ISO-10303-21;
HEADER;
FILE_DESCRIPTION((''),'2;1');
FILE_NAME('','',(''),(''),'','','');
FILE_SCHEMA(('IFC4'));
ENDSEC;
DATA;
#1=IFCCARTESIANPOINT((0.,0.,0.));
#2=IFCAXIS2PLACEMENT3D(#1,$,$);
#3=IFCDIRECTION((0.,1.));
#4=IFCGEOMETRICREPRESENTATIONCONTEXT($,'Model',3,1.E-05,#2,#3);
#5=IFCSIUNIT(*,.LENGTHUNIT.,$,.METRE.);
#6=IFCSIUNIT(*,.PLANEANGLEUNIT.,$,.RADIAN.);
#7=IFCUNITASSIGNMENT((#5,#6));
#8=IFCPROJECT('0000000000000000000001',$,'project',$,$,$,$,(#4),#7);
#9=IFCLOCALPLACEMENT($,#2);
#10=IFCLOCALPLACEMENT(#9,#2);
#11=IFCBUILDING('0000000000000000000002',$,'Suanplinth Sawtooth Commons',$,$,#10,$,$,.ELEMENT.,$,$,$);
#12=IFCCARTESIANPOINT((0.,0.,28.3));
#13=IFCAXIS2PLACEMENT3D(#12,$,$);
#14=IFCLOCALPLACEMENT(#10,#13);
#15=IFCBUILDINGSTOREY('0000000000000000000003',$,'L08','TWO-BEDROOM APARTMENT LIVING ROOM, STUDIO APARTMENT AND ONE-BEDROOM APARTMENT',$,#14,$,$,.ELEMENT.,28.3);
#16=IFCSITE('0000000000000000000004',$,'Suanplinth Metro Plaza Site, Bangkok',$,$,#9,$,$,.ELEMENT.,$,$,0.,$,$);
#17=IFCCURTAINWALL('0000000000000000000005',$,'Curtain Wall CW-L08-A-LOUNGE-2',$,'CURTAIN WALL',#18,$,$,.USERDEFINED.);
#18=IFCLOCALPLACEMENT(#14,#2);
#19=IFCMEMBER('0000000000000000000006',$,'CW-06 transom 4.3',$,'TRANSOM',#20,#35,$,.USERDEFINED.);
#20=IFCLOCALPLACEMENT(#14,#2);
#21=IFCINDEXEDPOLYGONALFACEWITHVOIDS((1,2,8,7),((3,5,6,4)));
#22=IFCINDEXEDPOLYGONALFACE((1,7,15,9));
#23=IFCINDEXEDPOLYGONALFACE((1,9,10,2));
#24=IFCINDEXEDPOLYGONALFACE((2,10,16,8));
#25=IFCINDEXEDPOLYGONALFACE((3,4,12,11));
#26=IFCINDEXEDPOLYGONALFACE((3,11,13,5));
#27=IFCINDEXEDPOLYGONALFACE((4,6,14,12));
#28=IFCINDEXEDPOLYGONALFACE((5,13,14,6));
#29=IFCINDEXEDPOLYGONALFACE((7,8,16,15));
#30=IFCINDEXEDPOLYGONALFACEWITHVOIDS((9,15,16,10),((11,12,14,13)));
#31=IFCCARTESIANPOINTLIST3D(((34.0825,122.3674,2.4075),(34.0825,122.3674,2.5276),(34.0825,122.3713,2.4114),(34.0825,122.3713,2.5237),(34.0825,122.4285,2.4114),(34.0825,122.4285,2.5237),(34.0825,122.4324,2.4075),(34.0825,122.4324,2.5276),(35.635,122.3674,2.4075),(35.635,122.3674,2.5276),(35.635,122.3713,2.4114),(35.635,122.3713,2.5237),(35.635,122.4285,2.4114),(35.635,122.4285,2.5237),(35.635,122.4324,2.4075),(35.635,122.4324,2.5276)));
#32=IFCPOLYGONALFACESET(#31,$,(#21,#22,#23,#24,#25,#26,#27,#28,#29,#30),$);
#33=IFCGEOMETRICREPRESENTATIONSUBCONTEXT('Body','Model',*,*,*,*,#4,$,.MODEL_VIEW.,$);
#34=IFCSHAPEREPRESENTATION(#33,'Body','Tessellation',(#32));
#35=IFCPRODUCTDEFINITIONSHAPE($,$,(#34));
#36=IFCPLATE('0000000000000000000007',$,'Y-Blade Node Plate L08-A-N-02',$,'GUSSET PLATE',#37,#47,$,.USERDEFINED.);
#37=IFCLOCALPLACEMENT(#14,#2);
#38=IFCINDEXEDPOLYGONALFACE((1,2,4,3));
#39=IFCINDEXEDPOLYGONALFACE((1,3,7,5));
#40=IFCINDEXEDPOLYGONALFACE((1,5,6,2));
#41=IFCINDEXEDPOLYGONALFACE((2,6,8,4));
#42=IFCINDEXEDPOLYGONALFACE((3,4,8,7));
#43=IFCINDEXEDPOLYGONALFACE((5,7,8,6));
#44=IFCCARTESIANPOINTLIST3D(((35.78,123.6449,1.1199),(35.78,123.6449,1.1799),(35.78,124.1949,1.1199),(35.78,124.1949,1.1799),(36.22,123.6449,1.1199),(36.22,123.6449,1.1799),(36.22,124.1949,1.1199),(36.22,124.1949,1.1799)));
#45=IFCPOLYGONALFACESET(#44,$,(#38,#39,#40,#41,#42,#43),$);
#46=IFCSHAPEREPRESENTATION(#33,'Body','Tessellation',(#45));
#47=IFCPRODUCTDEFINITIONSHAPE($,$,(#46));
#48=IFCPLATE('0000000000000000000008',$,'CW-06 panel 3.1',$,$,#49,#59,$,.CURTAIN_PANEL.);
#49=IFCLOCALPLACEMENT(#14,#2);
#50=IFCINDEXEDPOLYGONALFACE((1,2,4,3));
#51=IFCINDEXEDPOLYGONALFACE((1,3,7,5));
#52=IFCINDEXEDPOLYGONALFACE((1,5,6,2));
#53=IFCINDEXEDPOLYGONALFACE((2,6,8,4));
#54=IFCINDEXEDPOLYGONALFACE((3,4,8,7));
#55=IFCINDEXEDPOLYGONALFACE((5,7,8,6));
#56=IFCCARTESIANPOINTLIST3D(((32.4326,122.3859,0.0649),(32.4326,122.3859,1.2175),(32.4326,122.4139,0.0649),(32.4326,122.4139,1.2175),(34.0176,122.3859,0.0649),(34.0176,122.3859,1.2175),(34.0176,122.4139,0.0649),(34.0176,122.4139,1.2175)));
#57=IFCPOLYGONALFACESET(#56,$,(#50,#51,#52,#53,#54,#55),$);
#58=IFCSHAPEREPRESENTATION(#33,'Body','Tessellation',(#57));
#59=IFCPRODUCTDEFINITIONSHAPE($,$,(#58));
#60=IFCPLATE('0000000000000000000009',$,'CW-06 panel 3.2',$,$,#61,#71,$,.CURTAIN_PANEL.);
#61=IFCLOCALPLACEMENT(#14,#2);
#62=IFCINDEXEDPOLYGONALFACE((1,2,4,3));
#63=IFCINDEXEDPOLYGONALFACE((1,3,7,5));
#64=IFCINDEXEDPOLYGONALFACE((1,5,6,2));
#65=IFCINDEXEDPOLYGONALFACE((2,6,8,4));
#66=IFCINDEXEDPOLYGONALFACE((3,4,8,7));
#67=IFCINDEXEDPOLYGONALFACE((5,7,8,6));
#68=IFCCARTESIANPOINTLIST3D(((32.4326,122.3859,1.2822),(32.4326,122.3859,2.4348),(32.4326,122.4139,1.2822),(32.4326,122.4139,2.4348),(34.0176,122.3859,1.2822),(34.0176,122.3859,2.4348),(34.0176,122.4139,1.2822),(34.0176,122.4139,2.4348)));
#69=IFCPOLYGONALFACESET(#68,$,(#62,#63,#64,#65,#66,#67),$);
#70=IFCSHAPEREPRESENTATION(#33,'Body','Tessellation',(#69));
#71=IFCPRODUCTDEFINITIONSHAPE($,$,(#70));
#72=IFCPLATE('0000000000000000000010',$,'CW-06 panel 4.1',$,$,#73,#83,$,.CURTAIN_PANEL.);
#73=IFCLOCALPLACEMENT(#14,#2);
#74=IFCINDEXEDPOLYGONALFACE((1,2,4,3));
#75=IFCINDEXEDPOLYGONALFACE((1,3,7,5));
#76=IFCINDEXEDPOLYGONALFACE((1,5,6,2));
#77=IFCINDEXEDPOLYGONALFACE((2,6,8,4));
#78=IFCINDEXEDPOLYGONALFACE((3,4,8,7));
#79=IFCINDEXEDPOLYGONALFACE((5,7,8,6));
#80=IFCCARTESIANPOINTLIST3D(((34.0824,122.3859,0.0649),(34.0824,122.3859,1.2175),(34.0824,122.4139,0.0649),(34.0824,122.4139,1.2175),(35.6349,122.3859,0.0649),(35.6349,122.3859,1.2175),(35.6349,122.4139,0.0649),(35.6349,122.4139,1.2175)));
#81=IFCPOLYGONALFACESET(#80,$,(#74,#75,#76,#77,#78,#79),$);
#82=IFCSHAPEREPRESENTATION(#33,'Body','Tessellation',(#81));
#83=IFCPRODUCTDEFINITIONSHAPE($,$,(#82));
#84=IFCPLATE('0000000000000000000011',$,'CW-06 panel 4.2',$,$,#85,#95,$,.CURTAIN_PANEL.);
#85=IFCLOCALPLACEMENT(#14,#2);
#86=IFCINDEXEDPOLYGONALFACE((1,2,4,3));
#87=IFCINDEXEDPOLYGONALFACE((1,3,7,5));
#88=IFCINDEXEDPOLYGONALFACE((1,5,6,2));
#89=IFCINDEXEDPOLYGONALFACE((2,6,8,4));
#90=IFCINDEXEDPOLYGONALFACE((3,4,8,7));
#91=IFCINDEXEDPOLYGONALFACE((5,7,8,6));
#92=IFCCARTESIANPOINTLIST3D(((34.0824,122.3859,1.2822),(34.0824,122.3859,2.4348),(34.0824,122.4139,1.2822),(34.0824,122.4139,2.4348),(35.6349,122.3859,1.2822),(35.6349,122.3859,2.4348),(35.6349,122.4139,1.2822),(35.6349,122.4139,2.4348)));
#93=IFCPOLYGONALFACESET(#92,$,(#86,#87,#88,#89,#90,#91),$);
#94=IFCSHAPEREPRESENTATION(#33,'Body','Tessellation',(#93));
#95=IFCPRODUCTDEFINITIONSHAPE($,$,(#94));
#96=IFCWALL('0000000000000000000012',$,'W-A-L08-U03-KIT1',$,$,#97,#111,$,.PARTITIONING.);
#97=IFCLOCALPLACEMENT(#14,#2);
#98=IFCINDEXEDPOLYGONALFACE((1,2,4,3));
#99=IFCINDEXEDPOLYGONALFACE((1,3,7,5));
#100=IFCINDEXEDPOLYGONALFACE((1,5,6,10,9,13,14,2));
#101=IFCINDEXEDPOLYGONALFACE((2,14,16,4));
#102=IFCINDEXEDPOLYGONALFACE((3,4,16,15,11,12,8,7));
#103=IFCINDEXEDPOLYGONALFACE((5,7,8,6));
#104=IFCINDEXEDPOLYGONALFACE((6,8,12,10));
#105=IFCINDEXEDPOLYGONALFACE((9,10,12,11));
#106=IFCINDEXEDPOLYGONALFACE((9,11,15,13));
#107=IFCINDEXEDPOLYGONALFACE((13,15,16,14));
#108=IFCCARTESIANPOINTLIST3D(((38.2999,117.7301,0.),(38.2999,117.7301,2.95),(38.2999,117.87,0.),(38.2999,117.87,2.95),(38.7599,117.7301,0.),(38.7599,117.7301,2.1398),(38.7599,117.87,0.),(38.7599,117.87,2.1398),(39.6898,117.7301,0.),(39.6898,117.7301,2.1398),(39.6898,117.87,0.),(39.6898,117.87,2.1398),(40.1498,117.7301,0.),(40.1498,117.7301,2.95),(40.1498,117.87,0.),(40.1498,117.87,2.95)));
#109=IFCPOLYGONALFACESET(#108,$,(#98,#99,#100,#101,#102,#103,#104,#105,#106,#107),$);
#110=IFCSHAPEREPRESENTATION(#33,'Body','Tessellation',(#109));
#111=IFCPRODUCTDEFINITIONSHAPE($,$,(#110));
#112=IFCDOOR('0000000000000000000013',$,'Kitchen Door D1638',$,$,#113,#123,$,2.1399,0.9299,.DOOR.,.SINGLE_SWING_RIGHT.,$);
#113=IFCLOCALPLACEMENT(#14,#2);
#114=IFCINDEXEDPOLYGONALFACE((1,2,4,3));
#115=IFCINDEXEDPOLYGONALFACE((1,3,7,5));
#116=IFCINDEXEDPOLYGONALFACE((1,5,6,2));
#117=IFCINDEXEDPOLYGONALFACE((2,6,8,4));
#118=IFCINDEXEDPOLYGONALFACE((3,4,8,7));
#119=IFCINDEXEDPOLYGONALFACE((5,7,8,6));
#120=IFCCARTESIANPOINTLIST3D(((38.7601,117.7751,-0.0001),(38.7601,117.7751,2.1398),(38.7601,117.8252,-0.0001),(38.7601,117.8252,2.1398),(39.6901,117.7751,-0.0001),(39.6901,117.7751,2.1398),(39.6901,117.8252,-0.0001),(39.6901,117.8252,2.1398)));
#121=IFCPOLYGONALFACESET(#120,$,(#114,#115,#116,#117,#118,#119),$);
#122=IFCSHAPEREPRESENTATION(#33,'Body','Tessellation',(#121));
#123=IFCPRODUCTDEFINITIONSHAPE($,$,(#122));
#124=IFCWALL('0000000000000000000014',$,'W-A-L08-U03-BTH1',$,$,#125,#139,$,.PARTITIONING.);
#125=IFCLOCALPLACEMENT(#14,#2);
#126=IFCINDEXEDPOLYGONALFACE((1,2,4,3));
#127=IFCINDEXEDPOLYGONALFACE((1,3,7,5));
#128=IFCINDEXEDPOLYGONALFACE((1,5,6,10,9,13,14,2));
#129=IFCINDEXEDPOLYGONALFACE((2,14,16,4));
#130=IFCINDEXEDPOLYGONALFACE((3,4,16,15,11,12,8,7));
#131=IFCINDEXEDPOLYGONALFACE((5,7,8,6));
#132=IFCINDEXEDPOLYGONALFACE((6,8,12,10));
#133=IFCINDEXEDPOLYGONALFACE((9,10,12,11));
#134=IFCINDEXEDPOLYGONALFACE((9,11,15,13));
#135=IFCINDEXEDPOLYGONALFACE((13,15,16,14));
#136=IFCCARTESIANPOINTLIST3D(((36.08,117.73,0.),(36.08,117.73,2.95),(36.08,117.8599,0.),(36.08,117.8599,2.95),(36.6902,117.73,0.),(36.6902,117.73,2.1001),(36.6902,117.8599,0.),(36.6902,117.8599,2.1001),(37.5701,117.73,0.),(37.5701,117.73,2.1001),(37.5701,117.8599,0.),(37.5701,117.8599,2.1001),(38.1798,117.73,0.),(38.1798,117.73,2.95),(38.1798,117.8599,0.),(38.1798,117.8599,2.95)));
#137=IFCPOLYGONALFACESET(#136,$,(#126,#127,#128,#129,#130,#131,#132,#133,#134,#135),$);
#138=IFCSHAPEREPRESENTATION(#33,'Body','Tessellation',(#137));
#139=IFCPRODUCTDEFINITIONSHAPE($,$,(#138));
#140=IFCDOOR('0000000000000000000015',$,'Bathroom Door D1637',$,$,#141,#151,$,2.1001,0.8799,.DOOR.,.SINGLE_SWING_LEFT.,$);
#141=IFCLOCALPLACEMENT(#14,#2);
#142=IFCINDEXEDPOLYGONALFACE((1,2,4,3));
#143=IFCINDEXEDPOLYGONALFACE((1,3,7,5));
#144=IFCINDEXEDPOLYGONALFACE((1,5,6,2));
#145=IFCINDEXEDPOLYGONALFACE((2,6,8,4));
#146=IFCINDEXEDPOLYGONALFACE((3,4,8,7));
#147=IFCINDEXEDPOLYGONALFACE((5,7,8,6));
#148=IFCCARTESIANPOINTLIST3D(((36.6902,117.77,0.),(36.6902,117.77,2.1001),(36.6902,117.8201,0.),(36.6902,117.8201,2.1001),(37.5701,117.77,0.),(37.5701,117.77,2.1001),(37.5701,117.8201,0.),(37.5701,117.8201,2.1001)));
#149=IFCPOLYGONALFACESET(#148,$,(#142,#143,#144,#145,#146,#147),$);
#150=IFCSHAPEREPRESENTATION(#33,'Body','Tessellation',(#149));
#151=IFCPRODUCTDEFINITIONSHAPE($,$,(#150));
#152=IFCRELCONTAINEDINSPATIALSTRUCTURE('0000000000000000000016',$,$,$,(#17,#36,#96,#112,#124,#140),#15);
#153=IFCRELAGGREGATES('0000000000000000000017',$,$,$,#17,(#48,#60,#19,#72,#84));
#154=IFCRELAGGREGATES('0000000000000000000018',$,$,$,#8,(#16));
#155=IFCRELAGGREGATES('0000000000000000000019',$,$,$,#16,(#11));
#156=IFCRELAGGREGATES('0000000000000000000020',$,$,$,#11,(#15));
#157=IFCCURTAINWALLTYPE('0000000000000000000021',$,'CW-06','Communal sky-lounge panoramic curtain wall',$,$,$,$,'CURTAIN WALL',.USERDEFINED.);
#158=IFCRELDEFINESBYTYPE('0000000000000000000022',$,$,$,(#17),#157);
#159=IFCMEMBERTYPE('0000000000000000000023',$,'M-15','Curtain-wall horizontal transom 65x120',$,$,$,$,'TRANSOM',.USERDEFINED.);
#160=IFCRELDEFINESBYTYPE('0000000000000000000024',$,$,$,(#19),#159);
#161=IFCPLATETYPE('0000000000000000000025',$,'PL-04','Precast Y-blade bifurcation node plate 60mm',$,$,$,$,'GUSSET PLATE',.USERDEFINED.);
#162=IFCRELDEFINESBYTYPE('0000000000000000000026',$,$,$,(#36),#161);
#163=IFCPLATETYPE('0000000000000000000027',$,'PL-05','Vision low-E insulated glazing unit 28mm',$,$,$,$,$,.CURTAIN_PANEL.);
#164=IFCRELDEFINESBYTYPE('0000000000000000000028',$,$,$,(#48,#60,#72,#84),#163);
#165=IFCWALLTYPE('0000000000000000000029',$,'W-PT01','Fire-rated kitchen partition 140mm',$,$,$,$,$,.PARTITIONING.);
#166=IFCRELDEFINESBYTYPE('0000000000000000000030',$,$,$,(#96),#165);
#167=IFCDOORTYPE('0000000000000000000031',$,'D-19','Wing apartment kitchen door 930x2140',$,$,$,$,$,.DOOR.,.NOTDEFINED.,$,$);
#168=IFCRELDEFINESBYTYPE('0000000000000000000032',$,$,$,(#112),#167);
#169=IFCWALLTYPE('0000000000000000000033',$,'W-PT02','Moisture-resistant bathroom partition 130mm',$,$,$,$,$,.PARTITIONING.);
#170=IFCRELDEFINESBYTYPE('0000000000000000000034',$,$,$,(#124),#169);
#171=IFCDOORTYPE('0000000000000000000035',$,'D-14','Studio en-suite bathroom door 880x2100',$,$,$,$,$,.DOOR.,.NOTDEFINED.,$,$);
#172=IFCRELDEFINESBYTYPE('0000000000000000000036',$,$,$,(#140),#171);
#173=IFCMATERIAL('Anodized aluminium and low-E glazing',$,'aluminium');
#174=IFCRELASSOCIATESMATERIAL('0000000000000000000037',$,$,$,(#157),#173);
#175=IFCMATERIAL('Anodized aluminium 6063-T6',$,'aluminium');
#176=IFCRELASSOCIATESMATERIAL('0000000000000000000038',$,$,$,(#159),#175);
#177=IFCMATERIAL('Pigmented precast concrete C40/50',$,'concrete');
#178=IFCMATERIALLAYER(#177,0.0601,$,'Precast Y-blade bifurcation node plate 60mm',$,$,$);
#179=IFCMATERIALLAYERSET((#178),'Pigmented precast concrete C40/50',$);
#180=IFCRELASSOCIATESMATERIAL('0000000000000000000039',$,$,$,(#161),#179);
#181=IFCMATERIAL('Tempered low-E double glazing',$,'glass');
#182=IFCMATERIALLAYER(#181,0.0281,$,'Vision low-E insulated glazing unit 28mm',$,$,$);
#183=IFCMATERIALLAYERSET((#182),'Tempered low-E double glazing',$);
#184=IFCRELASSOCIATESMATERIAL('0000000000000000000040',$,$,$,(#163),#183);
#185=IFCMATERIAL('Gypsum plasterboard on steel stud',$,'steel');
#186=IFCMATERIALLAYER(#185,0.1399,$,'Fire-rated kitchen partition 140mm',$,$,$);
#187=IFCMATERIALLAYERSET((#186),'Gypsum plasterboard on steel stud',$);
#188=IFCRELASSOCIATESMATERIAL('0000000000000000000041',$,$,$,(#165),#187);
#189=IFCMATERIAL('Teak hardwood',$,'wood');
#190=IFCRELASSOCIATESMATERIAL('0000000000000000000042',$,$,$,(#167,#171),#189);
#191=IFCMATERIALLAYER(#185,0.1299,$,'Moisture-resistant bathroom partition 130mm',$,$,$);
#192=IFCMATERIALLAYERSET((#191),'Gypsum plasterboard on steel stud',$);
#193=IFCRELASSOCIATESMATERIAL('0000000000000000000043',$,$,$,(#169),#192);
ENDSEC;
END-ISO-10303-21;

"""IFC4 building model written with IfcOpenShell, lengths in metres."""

from ifc_helpers import new_model, si_unit, direction, frame, frame_2d, origin, origin_2d, place, context, subcontext, project, spatial, rectangle, hollow_rectangle, extrude, material, layer, layer_set, material_profile, profile_set, type_object, element, fill, aggregate, save


model = new_model("IFC4")

# Units and contexts
model_context = context("Model", 3, precision=1e-05, world=origin(), true_north=direction((0.0, 1.0)))
body_context = subcontext(model_context, "Body", "Model", "MODEL_VIEW")
ifc_project = project(units=[si_unit("LENGTHUNIT", "METRE"), si_unit("PLANEANGLEUNIT", "RADIAN")], contexts=[model_context])

# Site, building, storey
site_placement = place(None, origin())
site = spatial("IfcSite", under=ifc_project, at=site_placement, Name="Suanplinth Metro Plaza Site, Bangkok", CompositionType="ELEMENT", RefElevation=0.0)
building_placement = place(site_placement, origin())
building = spatial("IfcBuilding", under=site, at=building_placement, Name="Suanplinth Sawtooth Commons", CompositionType="ELEMENT")
storey_placement = place(building_placement, frame((0.0, 0.0, 28.3)))
storey = spatial("IfcBuildingStorey", under=building, at=storey_placement, Name="L08", Description="TWO-BEDROOM APARTMENT LIVING ROOM, STUDIO APARTMENT AND ONE-BEDROOM APARTMENT", CompositionType="ELEMENT", Elevation=28.3)

# Shared definitions
ifc_material_1 = material(Name="Pigmented precast concrete C40/50", Category="concrete")

# Curtain wall, member
ifc_material_2 = material(Name="Anodized aluminium and low-E glazing", Category="aluminium")
curtain_wall_type = type_object("IfcCurtainWallType", Name="CW-06", Description="Communal sky-lounge panoramic curtain wall", ElementType="CURTAIN WALL", PredefinedType="USERDEFINED", material=ifc_material_2)
curtain_wall_placement = place(storey_placement, origin())
curtain_wall = element("IfcCurtainWall", 1, at=curtain_wall_placement, inside=storey, type_object=curtain_wall_type, Name="Curtain Wall CW-L08-A-LOUNGE-2", ObjectType="CURTAIN WALL", PredefinedType="USERDEFINED")
ifc_material_3 = material(Name="Anodized aluminium 6063-T6", Category="aluminium")
ifc_material_profile_1 = material_profile(ifc_material_3, hollow_rectangle(XDim=0.0649, YDim=0.1201, WallThickness=0.0039, at=origin_2d()), Name="ALU-TRN 65x120")
ifc_profile_set_1 = profile_set([ifc_material_profile_1], Name="Anodized aluminium 6063-T6")
member_type_1 = type_object("IfcMemberType", Name="M-15", Description="Curtain-wall horizontal transom 65x120", ElementType="TRANSOM", PredefinedType="USERDEFINED", material=ifc_profile_set_1)
member_1_placement = place(storey_placement, frame((34.0825, 122.3999, 2.4675), z_axis=(1.0, 0.0, 0.0), x_axis=(0.0, 1.0, 0.0)))
member_1 = element("IfcMember", 2, at=member_1_placement, type_object=member_type_1, Name="CW-06 transom 4.3", ObjectType="TRANSOM", PredefinedType="USERDEFINED", context=body_context, shape_type="SweptSolid", body=[
    extrude(hollow_rectangle(XDim=0.0649, YDim=0.1201, WallThickness=0.0039, at=origin_2d()), origin(), (0.0, 0.0, 1.0), 1.5525),
])

# Plates
ifc_layer_1 = layer(ifc_material_1, 0.0601, Name="Precast Y-blade bifurcation node plate 60mm")
ifc_layer_set_1 = layer_set([ifc_layer_1], Name="Pigmented precast concrete C40/50")
plate_type_1 = type_object("IfcPlateType", Name="PL-04", Description="Precast Y-blade bifurcation node plate 60mm", ElementType="GUSSET PLATE", PredefinedType="USERDEFINED", material=ifc_layer_set_1)
plate_1_placement = place(storey_placement, frame((36.0, 123.9199, 1.1199), z_axis=(0.0, 0.0, 1.0), x_axis=(1.0, 0.0, 0.0)))
element("IfcPlate", 3, at=plate_1_placement, inside=storey, type_object=plate_type_1, Name="Y-Blade Node Plate L08-A-N-02", ObjectType="GUSSET PLATE", PredefinedType="USERDEFINED", context=body_context, shape_type="SweptSolid", body=[
    extrude(rectangle(XDim=0.4399, YDim=0.55, at=origin_2d()), origin(), (0.0, 0.0, 1.0), 0.0601),
])
ifc_material_4 = material(Name="Tempered low-E double glazing", Category="glass")
ifc_layer_2 = layer(ifc_material_4, 0.0281, Name="Vision low-E insulated glazing unit 28mm")
ifc_layer_set_2 = layer_set([ifc_layer_2], Name="Tempered low-E double glazing")
plate_type_2 = type_object("IfcPlateType", Name="PL-05", Description="Vision low-E insulated glazing unit 28mm", PredefinedType="CURTAIN_PANEL", material=ifc_layer_set_2)
plate_2_placement = place(storey_placement, frame((33.2251, 122.3999, 0.0649), z_axis=(0.0, 0.0, 1.0), x_axis=(1.0, 0.0, 0.0)))
plate_2 = element("IfcPlate", 4, at=plate_2_placement, type_object=plate_type_2, Name="CW-06 panel 3.1", PredefinedType="CURTAIN_PANEL", context=body_context, shape_type="SweptSolid", body=[
    extrude(rectangle(XDim=1.585, YDim=0.0281, at=origin_2d()), origin(), (0.0, 0.0, 1.0), 1.1526),
])
plate_3_placement = place(storey_placement, frame((33.2251, 122.3999, 1.2822), z_axis=(0.0, 0.0, 1.0), x_axis=(1.0, 0.0, 0.0)))
plate_3 = element("IfcPlate", 5, at=plate_3_placement, type_object=plate_type_2, Name="CW-06 panel 3.2", PredefinedType="CURTAIN_PANEL", context=body_context, shape_type="SweptSolid", body=[
    extrude(rectangle(XDim=1.585, YDim=0.0281, at=origin_2d()), origin(), (0.0, 0.0, 1.0), 1.1526),
])
plate_4_placement = place(storey_placement, frame((34.8586, 122.3999, 0.0649), z_axis=(0.0, 0.0, 1.0), x_axis=(1.0, 0.0, 0.0)))
plate_4 = element("IfcPlate", 6, at=plate_4_placement, type_object=plate_type_2, Name="CW-06 panel 4.1", PredefinedType="CURTAIN_PANEL", context=body_context, shape_type="SweptSolid", body=[
    extrude(rectangle(XDim=1.5525, YDim=0.0281, at=origin_2d()), origin(), (0.0, 0.0, 1.0), 1.1526),
])
plate_5_placement = place(storey_placement, frame((34.8586, 122.3999, 1.2822), z_axis=(0.0, 0.0, 1.0), x_axis=(1.0, 0.0, 0.0)))
plate_5 = element("IfcPlate", 7, at=plate_5_placement, type_object=plate_type_2, Name="CW-06 panel 4.2", PredefinedType="CURTAIN_PANEL", context=body_context, shape_type="SweptSolid", body=[
    extrude(rectangle(XDim=1.5525, YDim=0.0281, at=origin_2d()), origin(), (0.0, 0.0, 1.0), 1.1526),
])
aggregate(curtain_wall, [plate_2, plate_3, member_1, plate_4, plate_5])

# Walls, openings, doors
ifc_material_5 = material(Name="Gypsum plasterboard on steel stud", Category="steel")
ifc_layer_3 = layer(ifc_material_5, 0.1399, Name="Fire-rated kitchen partition 140mm")
ifc_layer_set_3 = layer_set([ifc_layer_3], Name="Gypsum plasterboard on steel stud")
wall_type_1 = type_object("IfcWallType", Name="W-PT01", Description="Fire-rated kitchen partition 140mm", PredefinedType="PARTITIONING", material=ifc_layer_set_3)
wall_1_placement = place(storey_placement, frame((38.3, 117.8, 0.0), z_axis=(0.0, 0.0, 1.0), x_axis=(1.0, 0.0, 0.0)))
wall_1 = element("IfcWall", 8, at=wall_1_placement, inside=storey, type_object=wall_type_1, Name="W-A-L08-U03-KIT1", PredefinedType="PARTITIONING", context=body_context, shape_type="SweptSolid", body=[
    extrude(rectangle(XDim=1.8499, YDim=0.1399, at=frame_2d((0.9248, 0.0))), origin(), (0.0, 0.0, 1.0), 2.95),
])
opening_1_placement = place(wall_1_placement, frame((0.46, 0.0, 0.0)))
opening_1 = element("IfcOpeningElement", 9, at=opening_1_placement, cuts=wall_1, PredefinedType="OPENING", context=body_context, shape_type="SweptSolid", body=[
    extrude(rectangle(XDim=0.9299, YDim=2.1399, at=frame_2d((0.4648, 1.0698))), frame((0.0, 0.085, 0.0), z_axis=(0.0, -1.0, 0.0), x_axis=(1.0, 0.0, 0.0)), (0.0, 0.0, 1.0), 0.1697),
])
ifc_material_6 = material(Name="Teak hardwood", Category="wood")
door_type_1 = type_object("IfcDoorType", Name="D-19", Description="Wing apartment kitchen door 930x2140", OperationType="NOTDEFINED", PredefinedType="DOOR", material=ifc_material_6)
door_1_placement = place(opening_1_placement, frame((0.9299, 0.0, 0.0), z_axis=(0.0, 0.0, 1.0), x_axis=(-1.0, 0.0, 0.0)))
door_1 = element("IfcDoor", 10, at=door_1_placement, inside=storey, type_object=door_type_1, Name="Kitchen Door D1638", OperationType="SINGLE_SWING_RIGHT", OverallHeight=2.1399, OverallWidth=0.9299, PredefinedType="DOOR", context=body_context, shape_type="SweptSolid", body=[
    extrude(rectangle(XDim=0.9299, YDim=2.1399, at=frame_2d((0.4648, 1.0698))), frame((0.0, 0.0249, 0.0), z_axis=(0.0, -1.0, 0.0), x_axis=(1.0, 0.0, 0.0)), (0.0, 0.0, 1.0), 0.05),
])
fill(opening_1, door_1)
ifc_layer_4 = layer(ifc_material_5, 0.1299, Name="Moisture-resistant bathroom partition 130mm")
ifc_layer_set_4 = layer_set([ifc_layer_4], Name="Gypsum plasterboard on steel stud")
wall_type_2 = type_object("IfcWallType", Name="W-PT02", Description="Moisture-resistant bathroom partition 130mm", PredefinedType="PARTITIONING", material=ifc_layer_set_4)
wall_2_placement = place(storey_placement, frame((36.0801, 117.7949, 0.0), z_axis=(0.0, 0.0, 1.0), x_axis=(1.0, 0.0, 0.0)))
wall_2 = element("IfcWall", 11, at=wall_2_placement, inside=storey, type_object=wall_type_2, Name="W-A-L08-U03-BTH1", PredefinedType="PARTITIONING", context=body_context, shape_type="SweptSolid", body=[
    extrude(rectangle(XDim=2.0999, YDim=0.1299, at=frame_2d((1.0498, 0.0))), origin(), (0.0, 0.0, 1.0), 2.95),
])
opening_2_placement = place(wall_2_placement, frame((0.6101, 0.0, 0.0)))
opening_2 = element("IfcOpeningElement", 12, at=opening_2_placement, cuts=wall_2, PredefinedType="OPENING", context=body_context, shape_type="SweptSolid", body=[
    extrude(rectangle(XDim=0.8799, YDim=2.1001, at=frame_2d((0.4399, 1.05))), frame((0.0, 0.0798, 0.0), z_axis=(0.0, -1.0, 0.0), x_axis=(1.0, 0.0, 0.0)), (0.0, 0.0, 1.0), 0.1597),
])
door_type_2 = type_object("IfcDoorType", Name="D-14", Description="Studio en-suite bathroom door 880x2100", OperationType="NOTDEFINED", PredefinedType="DOOR", material=ifc_material_6)
door_2_placement = place(opening_2_placement, frame((0.8799, 0.0, 0.0), z_axis=(0.0, 0.0, 1.0), x_axis=(-1.0, 0.0, 0.0)))
door_2 = element("IfcDoor", 13, at=door_2_placement, inside=storey, type_object=door_type_2, Name="Bathroom Door D1637", OperationType="SINGLE_SWING_LEFT", OverallHeight=2.1001, OverallWidth=0.8799, PredefinedType="DOOR", context=body_context, shape_type="SweptSolid", body=[
    extrude(rectangle(XDim=0.8799, YDim=2.1001, at=frame_2d((0.4399, 1.05))), frame((0.0, 0.0249, 0.0), z_axis=(0.0, -1.0, 0.0), x_axis=(1.0, 0.0, 0.0)), (0.0, 0.0, 1.0), 0.05),
])
fill(opening_2, door_2)

save(model, "model.ifc")
